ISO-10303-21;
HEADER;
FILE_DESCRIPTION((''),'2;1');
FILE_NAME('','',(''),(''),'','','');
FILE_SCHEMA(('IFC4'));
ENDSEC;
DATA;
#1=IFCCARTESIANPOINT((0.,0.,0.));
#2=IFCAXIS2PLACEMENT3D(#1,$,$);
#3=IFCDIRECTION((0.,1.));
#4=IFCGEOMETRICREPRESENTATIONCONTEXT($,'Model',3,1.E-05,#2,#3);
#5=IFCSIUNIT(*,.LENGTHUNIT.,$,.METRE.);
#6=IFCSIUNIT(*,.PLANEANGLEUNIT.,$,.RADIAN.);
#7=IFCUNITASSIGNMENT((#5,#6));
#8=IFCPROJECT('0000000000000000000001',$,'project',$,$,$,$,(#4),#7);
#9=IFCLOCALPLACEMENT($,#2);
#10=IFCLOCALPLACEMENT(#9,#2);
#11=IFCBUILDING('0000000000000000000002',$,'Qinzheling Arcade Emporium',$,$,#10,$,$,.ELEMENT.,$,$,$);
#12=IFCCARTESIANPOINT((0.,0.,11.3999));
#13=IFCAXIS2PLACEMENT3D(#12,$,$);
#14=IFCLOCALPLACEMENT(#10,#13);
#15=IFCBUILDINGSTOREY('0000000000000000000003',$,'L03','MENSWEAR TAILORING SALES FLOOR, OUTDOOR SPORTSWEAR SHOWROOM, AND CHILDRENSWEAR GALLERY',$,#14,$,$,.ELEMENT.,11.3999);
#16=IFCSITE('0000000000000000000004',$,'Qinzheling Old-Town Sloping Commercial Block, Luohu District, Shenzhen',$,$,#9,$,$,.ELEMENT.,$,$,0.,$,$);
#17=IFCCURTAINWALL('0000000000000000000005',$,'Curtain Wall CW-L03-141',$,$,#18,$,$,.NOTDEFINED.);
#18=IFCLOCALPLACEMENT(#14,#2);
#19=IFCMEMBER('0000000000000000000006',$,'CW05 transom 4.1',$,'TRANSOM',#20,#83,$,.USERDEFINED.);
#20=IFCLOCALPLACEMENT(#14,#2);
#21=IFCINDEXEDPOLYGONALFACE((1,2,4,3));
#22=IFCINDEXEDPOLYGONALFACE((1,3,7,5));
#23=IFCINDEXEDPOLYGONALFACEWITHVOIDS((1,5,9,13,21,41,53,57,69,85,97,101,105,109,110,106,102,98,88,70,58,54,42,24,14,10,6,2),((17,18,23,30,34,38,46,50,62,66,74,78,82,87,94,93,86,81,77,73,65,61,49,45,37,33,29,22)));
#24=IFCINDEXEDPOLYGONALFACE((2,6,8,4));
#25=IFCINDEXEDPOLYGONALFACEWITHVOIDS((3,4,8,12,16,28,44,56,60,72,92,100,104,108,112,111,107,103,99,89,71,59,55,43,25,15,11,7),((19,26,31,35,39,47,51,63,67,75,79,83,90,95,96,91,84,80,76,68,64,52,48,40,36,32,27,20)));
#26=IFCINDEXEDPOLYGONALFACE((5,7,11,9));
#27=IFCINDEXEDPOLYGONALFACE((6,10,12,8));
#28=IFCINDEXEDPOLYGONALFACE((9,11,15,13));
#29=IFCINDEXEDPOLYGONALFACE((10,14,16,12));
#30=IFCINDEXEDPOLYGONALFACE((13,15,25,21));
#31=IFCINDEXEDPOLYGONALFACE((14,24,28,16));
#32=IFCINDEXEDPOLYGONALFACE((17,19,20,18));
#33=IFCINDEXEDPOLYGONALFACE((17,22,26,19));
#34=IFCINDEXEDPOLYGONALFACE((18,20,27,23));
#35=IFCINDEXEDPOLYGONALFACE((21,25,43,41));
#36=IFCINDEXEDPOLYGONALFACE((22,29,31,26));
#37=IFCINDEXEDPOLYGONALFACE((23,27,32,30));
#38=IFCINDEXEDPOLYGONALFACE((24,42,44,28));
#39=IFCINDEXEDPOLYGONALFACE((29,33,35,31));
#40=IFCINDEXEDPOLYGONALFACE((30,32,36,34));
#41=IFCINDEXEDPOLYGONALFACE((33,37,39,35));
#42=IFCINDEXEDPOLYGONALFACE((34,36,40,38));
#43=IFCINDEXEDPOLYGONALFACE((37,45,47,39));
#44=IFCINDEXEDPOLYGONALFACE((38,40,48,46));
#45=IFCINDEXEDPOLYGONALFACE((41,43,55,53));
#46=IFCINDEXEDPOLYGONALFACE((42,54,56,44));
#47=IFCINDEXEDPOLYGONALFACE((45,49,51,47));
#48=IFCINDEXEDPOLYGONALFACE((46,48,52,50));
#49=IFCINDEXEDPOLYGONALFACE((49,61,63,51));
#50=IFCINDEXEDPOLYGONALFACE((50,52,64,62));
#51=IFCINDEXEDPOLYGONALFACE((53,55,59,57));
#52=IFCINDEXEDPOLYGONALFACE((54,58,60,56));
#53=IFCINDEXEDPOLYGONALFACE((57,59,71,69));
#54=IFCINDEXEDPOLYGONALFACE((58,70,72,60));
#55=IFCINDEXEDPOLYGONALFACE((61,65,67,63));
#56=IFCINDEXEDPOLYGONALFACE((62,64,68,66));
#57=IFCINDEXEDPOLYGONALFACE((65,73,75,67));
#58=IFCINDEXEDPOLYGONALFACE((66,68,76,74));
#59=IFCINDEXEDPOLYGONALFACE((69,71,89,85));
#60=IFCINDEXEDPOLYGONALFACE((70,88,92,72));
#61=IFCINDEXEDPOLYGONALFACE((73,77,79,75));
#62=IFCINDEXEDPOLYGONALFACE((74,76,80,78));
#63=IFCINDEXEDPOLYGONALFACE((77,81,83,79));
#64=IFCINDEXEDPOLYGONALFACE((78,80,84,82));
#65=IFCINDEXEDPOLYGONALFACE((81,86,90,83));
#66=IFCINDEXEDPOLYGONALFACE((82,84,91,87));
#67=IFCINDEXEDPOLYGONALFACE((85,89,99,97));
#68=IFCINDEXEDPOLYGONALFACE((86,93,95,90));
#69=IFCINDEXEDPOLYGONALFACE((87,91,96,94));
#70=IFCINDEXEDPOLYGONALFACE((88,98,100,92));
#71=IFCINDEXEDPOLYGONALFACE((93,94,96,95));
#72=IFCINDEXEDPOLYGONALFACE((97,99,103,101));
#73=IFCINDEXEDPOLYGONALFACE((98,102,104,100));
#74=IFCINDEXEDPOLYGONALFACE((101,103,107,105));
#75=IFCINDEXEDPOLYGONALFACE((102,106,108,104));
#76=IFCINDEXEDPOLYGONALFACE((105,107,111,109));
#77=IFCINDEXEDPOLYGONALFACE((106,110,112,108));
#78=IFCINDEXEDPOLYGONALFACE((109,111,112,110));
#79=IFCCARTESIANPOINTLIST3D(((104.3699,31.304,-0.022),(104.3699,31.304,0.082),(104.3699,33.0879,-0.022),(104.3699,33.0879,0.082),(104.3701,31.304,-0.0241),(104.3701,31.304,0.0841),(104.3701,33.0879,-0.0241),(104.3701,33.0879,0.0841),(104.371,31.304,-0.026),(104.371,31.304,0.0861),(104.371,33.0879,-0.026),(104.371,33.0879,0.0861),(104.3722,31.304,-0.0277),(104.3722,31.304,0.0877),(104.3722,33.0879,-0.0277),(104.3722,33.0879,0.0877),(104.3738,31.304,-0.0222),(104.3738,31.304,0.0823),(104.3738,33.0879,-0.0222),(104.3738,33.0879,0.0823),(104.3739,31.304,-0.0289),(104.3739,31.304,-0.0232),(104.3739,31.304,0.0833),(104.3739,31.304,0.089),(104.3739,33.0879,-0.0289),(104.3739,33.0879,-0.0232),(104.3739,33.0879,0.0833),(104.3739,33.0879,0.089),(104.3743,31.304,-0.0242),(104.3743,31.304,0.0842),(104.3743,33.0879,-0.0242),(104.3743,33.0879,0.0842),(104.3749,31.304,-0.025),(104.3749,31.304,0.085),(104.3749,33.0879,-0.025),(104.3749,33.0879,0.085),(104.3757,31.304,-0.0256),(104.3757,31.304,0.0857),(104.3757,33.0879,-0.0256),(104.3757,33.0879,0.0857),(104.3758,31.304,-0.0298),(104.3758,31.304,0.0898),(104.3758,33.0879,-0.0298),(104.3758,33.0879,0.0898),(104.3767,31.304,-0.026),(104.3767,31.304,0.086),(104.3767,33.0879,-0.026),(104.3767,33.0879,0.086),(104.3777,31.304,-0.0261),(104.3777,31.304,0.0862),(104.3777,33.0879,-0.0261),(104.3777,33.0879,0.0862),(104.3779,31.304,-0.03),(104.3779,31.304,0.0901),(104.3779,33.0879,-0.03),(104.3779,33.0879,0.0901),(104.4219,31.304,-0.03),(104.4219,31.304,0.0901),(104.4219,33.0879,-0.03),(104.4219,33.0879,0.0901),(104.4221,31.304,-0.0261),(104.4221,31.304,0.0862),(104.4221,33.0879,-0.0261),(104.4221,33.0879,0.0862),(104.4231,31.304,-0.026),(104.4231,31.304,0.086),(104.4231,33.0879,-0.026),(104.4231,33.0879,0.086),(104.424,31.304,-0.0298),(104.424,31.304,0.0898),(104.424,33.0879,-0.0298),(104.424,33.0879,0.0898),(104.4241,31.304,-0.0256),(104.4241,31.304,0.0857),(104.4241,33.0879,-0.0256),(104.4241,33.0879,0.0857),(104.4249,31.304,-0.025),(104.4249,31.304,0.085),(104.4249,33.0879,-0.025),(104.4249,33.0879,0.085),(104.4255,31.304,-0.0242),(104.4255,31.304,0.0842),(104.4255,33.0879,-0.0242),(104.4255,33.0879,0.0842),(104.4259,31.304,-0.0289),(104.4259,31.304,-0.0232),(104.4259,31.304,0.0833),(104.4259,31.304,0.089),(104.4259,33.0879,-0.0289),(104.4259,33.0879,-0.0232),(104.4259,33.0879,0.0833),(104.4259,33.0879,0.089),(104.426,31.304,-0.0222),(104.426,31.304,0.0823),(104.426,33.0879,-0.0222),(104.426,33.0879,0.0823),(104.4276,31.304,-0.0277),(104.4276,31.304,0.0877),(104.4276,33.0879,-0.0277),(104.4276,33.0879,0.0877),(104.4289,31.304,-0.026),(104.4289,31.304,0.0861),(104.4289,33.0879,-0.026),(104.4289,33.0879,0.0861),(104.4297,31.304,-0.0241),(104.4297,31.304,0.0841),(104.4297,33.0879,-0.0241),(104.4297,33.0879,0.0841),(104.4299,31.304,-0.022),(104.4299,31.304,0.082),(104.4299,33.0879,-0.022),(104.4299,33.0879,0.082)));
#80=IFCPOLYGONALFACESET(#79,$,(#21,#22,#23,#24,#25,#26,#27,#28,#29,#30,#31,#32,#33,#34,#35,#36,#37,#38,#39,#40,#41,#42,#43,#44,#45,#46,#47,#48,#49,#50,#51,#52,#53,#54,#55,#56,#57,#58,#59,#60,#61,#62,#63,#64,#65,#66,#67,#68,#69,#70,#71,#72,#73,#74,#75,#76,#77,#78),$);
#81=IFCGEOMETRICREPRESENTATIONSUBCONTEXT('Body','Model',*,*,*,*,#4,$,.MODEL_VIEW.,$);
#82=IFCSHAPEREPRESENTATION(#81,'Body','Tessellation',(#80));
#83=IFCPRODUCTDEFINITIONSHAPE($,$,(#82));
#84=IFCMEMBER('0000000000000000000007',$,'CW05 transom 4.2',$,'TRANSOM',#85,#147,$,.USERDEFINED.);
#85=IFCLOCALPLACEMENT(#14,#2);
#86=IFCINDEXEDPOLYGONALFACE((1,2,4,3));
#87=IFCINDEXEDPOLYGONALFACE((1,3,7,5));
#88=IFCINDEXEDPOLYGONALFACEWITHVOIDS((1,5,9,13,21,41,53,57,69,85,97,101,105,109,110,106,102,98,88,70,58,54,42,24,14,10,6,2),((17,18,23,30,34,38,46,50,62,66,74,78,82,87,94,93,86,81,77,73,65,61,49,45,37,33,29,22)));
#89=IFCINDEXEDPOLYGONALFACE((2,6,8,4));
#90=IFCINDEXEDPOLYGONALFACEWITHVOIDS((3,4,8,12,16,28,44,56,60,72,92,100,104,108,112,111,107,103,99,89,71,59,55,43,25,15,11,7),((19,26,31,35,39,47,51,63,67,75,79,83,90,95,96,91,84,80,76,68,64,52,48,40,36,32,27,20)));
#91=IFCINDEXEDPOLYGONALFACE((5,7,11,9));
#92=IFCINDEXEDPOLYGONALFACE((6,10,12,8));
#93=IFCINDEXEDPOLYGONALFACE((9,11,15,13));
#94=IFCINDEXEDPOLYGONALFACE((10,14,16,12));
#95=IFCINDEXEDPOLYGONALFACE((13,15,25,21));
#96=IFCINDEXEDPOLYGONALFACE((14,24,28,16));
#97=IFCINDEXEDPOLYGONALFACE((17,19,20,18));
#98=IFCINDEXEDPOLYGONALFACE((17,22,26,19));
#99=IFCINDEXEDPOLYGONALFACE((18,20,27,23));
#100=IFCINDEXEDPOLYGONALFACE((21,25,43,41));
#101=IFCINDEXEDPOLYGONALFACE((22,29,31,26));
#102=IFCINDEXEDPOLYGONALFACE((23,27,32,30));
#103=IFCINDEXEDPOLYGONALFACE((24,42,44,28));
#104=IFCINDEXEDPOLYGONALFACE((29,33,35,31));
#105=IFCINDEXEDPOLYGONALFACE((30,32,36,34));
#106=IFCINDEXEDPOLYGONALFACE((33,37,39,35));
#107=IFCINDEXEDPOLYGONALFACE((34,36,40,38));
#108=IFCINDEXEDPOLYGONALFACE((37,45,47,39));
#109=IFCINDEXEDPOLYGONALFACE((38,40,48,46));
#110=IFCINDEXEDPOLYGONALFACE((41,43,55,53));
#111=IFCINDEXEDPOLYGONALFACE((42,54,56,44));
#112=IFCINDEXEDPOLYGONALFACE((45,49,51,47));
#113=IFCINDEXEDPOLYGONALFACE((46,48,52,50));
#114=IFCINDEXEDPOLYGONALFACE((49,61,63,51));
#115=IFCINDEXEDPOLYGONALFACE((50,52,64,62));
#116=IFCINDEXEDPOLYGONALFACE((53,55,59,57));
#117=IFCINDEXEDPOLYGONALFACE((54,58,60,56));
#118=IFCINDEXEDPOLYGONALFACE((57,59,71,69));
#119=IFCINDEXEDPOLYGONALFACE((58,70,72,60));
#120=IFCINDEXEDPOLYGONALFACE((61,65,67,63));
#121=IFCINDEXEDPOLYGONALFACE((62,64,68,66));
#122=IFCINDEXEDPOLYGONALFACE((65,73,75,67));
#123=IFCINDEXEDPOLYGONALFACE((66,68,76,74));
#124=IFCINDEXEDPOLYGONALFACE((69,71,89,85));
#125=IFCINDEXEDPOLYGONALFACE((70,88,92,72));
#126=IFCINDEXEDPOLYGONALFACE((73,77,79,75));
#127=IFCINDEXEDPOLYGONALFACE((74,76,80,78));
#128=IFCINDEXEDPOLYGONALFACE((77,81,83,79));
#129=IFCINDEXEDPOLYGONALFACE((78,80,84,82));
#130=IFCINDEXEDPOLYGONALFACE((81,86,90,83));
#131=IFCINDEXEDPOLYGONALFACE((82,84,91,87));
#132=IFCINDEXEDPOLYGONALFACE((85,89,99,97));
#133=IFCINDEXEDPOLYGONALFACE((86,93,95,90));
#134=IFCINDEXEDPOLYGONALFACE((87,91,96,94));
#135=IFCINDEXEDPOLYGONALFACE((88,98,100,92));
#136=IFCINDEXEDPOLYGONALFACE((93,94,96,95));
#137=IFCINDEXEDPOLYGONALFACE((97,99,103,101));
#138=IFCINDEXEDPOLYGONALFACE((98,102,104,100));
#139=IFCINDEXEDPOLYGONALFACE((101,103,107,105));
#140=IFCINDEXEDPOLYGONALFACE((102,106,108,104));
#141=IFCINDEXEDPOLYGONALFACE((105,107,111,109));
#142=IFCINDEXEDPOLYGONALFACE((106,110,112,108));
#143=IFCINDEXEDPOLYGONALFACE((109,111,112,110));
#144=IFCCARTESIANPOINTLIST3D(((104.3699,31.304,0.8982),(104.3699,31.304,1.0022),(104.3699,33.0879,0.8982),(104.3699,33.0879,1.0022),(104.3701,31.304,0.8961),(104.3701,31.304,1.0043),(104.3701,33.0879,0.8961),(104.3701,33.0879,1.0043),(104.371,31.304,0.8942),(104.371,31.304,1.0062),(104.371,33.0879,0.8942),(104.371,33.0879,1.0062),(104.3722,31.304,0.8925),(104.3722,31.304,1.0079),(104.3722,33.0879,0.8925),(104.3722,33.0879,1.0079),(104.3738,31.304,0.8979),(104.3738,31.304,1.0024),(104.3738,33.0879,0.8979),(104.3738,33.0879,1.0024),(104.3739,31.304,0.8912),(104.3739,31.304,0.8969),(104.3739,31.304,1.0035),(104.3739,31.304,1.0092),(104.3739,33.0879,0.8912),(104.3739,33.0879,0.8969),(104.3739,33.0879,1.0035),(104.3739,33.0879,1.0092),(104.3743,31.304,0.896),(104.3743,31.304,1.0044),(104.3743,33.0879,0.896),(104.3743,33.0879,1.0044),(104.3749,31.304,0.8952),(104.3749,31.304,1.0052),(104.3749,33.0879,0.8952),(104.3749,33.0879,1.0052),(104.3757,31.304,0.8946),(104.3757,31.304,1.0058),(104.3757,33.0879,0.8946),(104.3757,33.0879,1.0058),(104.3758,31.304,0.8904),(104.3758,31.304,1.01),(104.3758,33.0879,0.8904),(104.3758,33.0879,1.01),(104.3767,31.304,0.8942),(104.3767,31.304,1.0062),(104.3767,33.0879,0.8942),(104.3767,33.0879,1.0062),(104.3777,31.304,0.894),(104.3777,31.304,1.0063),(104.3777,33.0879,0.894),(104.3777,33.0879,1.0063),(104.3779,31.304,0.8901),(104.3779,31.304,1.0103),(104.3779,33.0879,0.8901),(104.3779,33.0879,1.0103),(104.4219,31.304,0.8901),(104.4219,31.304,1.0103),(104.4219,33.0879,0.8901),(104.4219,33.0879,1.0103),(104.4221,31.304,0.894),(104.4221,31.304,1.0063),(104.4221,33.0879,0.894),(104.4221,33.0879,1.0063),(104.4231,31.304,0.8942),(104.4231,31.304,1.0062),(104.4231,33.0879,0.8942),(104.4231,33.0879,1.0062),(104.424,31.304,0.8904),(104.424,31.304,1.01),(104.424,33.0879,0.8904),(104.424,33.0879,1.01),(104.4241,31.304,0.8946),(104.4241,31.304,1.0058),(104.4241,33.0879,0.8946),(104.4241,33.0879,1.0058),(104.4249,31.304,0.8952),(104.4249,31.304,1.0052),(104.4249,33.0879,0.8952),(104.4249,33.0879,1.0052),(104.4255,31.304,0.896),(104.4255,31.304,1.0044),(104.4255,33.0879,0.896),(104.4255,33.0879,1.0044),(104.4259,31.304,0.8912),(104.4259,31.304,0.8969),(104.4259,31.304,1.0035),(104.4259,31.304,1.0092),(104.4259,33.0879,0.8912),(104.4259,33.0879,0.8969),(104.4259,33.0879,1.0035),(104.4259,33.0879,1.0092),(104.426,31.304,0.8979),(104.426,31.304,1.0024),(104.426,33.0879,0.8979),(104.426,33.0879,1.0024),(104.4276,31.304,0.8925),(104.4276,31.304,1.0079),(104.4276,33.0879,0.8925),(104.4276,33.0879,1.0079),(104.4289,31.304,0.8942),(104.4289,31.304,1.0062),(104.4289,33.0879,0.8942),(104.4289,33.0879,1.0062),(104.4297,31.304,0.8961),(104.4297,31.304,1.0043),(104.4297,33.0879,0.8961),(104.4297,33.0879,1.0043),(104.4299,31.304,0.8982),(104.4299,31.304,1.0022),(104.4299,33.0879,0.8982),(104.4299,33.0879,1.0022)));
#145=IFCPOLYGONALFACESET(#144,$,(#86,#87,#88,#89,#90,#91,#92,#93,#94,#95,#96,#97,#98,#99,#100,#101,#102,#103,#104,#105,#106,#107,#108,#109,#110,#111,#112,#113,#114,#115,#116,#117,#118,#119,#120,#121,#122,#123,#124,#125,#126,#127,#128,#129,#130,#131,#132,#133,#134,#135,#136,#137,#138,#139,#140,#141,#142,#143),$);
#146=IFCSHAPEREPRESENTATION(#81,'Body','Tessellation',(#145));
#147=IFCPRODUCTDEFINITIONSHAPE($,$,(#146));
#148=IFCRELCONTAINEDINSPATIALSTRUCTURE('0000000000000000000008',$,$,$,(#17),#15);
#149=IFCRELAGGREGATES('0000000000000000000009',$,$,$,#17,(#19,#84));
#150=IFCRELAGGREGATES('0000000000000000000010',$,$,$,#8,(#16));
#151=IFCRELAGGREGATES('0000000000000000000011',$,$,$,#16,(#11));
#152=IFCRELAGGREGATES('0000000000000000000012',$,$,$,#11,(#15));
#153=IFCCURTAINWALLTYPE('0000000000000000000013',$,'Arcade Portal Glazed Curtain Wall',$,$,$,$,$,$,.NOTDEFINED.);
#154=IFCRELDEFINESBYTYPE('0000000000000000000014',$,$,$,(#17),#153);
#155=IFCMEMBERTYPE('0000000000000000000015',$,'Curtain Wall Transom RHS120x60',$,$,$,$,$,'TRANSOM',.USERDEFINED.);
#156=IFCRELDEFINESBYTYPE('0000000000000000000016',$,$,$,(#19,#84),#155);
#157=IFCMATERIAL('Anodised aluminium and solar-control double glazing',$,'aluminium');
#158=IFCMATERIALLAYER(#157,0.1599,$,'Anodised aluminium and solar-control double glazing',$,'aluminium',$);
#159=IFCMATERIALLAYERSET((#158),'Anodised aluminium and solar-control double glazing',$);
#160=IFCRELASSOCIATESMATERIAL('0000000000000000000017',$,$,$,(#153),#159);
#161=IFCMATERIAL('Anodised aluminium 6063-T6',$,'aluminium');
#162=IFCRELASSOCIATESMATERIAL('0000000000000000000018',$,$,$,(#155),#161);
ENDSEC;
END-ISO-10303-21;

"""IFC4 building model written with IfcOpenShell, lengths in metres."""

from ifc_helpers import new_model, si_unit, direction, frame, origin, origin_2d, place, context, subcontext, project, spatial, hollow_rectangle, extrude, material, layer, layer_set, material_profile, profile_set, type_object, element, aggregate, save


model = new_model("IFC4")

# Units and contexts
model_context = context("Model", 3, precision=1e-05, world=origin(), true_north=direction((0.0, 1.0)))
body_context = subcontext(model_context, "Body", "Model", "MODEL_VIEW")
ifc_project = project(units=[si_unit("LENGTHUNIT", "METRE"), si_unit("PLANEANGLEUNIT", "RADIAN")], contexts=[model_context])

# Site, building, storey
site_placement = place(None, origin())
site = spatial("IfcSite", under=ifc_project, at=site_placement, Name="Qinzheling Old-Town Sloping Commercial Block, Luohu District, Shenzhen", CompositionType="ELEMENT", RefElevation=0.0)
building_placement = place(site_placement, origin())
building = spatial("IfcBuilding", under=site, at=building_placement, Name="Qinzheling Arcade Emporium", CompositionType="ELEMENT")
storey_placement = place(building_placement, frame((0.0, 0.0, 11.3999)))
storey = spatial("IfcBuildingStorey", under=building, at=storey_placement, Name="L03", Description="MENSWEAR TAILORING SALES FLOOR, OUTDOOR SPORTSWEAR SHOWROOM, AND CHILDRENSWEAR GALLERY", CompositionType="ELEMENT", Elevation=11.3999)

# Curtain wall
ifc_material_1 = material(Name="Anodised aluminium and solar-control double glazing", Category="aluminium")
ifc_layer_1 = layer(ifc_material_1, 0.1599, Name="Anodised aluminium and solar-control double glazing", Category="aluminium")
ifc_layer_set_1 = layer_set([ifc_layer_1], Name="Anodised aluminium and solar-control double glazing")
curtain_wall_type_1 = type_object("IfcCurtainWallType", Name="Arcade Portal Glazed Curtain Wall", PredefinedType="NOTDEFINED", material=ifc_layer_set_1)
curtain_wall_1_placement = place(storey_placement, origin())
curtain_wall_1 = element("IfcCurtainWall", 1, at=curtain_wall_1_placement, inside=storey, type_object=curtain_wall_type_1, Name="Curtain Wall CW-L03-141", PredefinedType="NOTDEFINED")
ifc_material_2 = material(Name="Anodised aluminium 6063-T6", Category="aluminium")

# Members
ifc_material_profile_1 = material_profile(ifc_material_2, hollow_rectangle(XDim=0.0601, YDim=0.1201, WallThickness=0.0039, InnerFilletRadius=0.0039, OuterFilletRadius=0.0081, at=origin_2d()), Name="RHS 120x60x4", Category="aluminium")
ifc_profile_set_1 = profile_set([ifc_material_profile_1], Name="Anodised aluminium 6063-T6")
member_type_1 = type_object("IfcMemberType", Name="Curtain Wall Transom RHS120x60", ElementType="TRANSOM", PredefinedType="USERDEFINED", material=ifc_profile_set_1)
member_1_placement = place(storey_placement, frame((104.3999, 31.304, 0.03), z_axis=(0.0, 1.0, 0.0), x_axis=(-1.0, 0.0, 0.0)))
member_1 = element("IfcMember", 2, at=member_1_placement, type_object=member_type_1, Name="CW05 transom 4.1", ObjectType="TRANSOM", PredefinedType="USERDEFINED", context=body_context, shape_type="SweptSolid", body=[
    extrude(hollow_rectangle(XDim=0.0601, YDim=0.1201, WallThickness=0.0039, InnerFilletRadius=0.0039, OuterFilletRadius=0.0081, at=origin_2d()), origin(), (0.0, 0.0, 1.0), 1.7839),
])
member_2_placement = place(storey_placement, frame((104.3999, 31.304, 0.9502), z_axis=(0.0, 1.0, 0.0), x_axis=(-1.0, 0.0, 0.0)))
member_2 = element("IfcMember", 3, at=member_2_placement, type_object=member_type_1, Name="CW05 transom 4.2", ObjectType="TRANSOM", PredefinedType="USERDEFINED", context=body_context, shape_type="SweptSolid", body=[
    extrude(hollow_rectangle(XDim=0.0601, YDim=0.1201, WallThickness=0.0039, InnerFilletRadius=0.0039, OuterFilletRadius=0.0081, at=origin_2d()), origin(), (0.0, 0.0, 1.0), 1.7839),
])

aggregate(curtain_wall_1, [member_1, member_2])

save(model, "model.ifc")
